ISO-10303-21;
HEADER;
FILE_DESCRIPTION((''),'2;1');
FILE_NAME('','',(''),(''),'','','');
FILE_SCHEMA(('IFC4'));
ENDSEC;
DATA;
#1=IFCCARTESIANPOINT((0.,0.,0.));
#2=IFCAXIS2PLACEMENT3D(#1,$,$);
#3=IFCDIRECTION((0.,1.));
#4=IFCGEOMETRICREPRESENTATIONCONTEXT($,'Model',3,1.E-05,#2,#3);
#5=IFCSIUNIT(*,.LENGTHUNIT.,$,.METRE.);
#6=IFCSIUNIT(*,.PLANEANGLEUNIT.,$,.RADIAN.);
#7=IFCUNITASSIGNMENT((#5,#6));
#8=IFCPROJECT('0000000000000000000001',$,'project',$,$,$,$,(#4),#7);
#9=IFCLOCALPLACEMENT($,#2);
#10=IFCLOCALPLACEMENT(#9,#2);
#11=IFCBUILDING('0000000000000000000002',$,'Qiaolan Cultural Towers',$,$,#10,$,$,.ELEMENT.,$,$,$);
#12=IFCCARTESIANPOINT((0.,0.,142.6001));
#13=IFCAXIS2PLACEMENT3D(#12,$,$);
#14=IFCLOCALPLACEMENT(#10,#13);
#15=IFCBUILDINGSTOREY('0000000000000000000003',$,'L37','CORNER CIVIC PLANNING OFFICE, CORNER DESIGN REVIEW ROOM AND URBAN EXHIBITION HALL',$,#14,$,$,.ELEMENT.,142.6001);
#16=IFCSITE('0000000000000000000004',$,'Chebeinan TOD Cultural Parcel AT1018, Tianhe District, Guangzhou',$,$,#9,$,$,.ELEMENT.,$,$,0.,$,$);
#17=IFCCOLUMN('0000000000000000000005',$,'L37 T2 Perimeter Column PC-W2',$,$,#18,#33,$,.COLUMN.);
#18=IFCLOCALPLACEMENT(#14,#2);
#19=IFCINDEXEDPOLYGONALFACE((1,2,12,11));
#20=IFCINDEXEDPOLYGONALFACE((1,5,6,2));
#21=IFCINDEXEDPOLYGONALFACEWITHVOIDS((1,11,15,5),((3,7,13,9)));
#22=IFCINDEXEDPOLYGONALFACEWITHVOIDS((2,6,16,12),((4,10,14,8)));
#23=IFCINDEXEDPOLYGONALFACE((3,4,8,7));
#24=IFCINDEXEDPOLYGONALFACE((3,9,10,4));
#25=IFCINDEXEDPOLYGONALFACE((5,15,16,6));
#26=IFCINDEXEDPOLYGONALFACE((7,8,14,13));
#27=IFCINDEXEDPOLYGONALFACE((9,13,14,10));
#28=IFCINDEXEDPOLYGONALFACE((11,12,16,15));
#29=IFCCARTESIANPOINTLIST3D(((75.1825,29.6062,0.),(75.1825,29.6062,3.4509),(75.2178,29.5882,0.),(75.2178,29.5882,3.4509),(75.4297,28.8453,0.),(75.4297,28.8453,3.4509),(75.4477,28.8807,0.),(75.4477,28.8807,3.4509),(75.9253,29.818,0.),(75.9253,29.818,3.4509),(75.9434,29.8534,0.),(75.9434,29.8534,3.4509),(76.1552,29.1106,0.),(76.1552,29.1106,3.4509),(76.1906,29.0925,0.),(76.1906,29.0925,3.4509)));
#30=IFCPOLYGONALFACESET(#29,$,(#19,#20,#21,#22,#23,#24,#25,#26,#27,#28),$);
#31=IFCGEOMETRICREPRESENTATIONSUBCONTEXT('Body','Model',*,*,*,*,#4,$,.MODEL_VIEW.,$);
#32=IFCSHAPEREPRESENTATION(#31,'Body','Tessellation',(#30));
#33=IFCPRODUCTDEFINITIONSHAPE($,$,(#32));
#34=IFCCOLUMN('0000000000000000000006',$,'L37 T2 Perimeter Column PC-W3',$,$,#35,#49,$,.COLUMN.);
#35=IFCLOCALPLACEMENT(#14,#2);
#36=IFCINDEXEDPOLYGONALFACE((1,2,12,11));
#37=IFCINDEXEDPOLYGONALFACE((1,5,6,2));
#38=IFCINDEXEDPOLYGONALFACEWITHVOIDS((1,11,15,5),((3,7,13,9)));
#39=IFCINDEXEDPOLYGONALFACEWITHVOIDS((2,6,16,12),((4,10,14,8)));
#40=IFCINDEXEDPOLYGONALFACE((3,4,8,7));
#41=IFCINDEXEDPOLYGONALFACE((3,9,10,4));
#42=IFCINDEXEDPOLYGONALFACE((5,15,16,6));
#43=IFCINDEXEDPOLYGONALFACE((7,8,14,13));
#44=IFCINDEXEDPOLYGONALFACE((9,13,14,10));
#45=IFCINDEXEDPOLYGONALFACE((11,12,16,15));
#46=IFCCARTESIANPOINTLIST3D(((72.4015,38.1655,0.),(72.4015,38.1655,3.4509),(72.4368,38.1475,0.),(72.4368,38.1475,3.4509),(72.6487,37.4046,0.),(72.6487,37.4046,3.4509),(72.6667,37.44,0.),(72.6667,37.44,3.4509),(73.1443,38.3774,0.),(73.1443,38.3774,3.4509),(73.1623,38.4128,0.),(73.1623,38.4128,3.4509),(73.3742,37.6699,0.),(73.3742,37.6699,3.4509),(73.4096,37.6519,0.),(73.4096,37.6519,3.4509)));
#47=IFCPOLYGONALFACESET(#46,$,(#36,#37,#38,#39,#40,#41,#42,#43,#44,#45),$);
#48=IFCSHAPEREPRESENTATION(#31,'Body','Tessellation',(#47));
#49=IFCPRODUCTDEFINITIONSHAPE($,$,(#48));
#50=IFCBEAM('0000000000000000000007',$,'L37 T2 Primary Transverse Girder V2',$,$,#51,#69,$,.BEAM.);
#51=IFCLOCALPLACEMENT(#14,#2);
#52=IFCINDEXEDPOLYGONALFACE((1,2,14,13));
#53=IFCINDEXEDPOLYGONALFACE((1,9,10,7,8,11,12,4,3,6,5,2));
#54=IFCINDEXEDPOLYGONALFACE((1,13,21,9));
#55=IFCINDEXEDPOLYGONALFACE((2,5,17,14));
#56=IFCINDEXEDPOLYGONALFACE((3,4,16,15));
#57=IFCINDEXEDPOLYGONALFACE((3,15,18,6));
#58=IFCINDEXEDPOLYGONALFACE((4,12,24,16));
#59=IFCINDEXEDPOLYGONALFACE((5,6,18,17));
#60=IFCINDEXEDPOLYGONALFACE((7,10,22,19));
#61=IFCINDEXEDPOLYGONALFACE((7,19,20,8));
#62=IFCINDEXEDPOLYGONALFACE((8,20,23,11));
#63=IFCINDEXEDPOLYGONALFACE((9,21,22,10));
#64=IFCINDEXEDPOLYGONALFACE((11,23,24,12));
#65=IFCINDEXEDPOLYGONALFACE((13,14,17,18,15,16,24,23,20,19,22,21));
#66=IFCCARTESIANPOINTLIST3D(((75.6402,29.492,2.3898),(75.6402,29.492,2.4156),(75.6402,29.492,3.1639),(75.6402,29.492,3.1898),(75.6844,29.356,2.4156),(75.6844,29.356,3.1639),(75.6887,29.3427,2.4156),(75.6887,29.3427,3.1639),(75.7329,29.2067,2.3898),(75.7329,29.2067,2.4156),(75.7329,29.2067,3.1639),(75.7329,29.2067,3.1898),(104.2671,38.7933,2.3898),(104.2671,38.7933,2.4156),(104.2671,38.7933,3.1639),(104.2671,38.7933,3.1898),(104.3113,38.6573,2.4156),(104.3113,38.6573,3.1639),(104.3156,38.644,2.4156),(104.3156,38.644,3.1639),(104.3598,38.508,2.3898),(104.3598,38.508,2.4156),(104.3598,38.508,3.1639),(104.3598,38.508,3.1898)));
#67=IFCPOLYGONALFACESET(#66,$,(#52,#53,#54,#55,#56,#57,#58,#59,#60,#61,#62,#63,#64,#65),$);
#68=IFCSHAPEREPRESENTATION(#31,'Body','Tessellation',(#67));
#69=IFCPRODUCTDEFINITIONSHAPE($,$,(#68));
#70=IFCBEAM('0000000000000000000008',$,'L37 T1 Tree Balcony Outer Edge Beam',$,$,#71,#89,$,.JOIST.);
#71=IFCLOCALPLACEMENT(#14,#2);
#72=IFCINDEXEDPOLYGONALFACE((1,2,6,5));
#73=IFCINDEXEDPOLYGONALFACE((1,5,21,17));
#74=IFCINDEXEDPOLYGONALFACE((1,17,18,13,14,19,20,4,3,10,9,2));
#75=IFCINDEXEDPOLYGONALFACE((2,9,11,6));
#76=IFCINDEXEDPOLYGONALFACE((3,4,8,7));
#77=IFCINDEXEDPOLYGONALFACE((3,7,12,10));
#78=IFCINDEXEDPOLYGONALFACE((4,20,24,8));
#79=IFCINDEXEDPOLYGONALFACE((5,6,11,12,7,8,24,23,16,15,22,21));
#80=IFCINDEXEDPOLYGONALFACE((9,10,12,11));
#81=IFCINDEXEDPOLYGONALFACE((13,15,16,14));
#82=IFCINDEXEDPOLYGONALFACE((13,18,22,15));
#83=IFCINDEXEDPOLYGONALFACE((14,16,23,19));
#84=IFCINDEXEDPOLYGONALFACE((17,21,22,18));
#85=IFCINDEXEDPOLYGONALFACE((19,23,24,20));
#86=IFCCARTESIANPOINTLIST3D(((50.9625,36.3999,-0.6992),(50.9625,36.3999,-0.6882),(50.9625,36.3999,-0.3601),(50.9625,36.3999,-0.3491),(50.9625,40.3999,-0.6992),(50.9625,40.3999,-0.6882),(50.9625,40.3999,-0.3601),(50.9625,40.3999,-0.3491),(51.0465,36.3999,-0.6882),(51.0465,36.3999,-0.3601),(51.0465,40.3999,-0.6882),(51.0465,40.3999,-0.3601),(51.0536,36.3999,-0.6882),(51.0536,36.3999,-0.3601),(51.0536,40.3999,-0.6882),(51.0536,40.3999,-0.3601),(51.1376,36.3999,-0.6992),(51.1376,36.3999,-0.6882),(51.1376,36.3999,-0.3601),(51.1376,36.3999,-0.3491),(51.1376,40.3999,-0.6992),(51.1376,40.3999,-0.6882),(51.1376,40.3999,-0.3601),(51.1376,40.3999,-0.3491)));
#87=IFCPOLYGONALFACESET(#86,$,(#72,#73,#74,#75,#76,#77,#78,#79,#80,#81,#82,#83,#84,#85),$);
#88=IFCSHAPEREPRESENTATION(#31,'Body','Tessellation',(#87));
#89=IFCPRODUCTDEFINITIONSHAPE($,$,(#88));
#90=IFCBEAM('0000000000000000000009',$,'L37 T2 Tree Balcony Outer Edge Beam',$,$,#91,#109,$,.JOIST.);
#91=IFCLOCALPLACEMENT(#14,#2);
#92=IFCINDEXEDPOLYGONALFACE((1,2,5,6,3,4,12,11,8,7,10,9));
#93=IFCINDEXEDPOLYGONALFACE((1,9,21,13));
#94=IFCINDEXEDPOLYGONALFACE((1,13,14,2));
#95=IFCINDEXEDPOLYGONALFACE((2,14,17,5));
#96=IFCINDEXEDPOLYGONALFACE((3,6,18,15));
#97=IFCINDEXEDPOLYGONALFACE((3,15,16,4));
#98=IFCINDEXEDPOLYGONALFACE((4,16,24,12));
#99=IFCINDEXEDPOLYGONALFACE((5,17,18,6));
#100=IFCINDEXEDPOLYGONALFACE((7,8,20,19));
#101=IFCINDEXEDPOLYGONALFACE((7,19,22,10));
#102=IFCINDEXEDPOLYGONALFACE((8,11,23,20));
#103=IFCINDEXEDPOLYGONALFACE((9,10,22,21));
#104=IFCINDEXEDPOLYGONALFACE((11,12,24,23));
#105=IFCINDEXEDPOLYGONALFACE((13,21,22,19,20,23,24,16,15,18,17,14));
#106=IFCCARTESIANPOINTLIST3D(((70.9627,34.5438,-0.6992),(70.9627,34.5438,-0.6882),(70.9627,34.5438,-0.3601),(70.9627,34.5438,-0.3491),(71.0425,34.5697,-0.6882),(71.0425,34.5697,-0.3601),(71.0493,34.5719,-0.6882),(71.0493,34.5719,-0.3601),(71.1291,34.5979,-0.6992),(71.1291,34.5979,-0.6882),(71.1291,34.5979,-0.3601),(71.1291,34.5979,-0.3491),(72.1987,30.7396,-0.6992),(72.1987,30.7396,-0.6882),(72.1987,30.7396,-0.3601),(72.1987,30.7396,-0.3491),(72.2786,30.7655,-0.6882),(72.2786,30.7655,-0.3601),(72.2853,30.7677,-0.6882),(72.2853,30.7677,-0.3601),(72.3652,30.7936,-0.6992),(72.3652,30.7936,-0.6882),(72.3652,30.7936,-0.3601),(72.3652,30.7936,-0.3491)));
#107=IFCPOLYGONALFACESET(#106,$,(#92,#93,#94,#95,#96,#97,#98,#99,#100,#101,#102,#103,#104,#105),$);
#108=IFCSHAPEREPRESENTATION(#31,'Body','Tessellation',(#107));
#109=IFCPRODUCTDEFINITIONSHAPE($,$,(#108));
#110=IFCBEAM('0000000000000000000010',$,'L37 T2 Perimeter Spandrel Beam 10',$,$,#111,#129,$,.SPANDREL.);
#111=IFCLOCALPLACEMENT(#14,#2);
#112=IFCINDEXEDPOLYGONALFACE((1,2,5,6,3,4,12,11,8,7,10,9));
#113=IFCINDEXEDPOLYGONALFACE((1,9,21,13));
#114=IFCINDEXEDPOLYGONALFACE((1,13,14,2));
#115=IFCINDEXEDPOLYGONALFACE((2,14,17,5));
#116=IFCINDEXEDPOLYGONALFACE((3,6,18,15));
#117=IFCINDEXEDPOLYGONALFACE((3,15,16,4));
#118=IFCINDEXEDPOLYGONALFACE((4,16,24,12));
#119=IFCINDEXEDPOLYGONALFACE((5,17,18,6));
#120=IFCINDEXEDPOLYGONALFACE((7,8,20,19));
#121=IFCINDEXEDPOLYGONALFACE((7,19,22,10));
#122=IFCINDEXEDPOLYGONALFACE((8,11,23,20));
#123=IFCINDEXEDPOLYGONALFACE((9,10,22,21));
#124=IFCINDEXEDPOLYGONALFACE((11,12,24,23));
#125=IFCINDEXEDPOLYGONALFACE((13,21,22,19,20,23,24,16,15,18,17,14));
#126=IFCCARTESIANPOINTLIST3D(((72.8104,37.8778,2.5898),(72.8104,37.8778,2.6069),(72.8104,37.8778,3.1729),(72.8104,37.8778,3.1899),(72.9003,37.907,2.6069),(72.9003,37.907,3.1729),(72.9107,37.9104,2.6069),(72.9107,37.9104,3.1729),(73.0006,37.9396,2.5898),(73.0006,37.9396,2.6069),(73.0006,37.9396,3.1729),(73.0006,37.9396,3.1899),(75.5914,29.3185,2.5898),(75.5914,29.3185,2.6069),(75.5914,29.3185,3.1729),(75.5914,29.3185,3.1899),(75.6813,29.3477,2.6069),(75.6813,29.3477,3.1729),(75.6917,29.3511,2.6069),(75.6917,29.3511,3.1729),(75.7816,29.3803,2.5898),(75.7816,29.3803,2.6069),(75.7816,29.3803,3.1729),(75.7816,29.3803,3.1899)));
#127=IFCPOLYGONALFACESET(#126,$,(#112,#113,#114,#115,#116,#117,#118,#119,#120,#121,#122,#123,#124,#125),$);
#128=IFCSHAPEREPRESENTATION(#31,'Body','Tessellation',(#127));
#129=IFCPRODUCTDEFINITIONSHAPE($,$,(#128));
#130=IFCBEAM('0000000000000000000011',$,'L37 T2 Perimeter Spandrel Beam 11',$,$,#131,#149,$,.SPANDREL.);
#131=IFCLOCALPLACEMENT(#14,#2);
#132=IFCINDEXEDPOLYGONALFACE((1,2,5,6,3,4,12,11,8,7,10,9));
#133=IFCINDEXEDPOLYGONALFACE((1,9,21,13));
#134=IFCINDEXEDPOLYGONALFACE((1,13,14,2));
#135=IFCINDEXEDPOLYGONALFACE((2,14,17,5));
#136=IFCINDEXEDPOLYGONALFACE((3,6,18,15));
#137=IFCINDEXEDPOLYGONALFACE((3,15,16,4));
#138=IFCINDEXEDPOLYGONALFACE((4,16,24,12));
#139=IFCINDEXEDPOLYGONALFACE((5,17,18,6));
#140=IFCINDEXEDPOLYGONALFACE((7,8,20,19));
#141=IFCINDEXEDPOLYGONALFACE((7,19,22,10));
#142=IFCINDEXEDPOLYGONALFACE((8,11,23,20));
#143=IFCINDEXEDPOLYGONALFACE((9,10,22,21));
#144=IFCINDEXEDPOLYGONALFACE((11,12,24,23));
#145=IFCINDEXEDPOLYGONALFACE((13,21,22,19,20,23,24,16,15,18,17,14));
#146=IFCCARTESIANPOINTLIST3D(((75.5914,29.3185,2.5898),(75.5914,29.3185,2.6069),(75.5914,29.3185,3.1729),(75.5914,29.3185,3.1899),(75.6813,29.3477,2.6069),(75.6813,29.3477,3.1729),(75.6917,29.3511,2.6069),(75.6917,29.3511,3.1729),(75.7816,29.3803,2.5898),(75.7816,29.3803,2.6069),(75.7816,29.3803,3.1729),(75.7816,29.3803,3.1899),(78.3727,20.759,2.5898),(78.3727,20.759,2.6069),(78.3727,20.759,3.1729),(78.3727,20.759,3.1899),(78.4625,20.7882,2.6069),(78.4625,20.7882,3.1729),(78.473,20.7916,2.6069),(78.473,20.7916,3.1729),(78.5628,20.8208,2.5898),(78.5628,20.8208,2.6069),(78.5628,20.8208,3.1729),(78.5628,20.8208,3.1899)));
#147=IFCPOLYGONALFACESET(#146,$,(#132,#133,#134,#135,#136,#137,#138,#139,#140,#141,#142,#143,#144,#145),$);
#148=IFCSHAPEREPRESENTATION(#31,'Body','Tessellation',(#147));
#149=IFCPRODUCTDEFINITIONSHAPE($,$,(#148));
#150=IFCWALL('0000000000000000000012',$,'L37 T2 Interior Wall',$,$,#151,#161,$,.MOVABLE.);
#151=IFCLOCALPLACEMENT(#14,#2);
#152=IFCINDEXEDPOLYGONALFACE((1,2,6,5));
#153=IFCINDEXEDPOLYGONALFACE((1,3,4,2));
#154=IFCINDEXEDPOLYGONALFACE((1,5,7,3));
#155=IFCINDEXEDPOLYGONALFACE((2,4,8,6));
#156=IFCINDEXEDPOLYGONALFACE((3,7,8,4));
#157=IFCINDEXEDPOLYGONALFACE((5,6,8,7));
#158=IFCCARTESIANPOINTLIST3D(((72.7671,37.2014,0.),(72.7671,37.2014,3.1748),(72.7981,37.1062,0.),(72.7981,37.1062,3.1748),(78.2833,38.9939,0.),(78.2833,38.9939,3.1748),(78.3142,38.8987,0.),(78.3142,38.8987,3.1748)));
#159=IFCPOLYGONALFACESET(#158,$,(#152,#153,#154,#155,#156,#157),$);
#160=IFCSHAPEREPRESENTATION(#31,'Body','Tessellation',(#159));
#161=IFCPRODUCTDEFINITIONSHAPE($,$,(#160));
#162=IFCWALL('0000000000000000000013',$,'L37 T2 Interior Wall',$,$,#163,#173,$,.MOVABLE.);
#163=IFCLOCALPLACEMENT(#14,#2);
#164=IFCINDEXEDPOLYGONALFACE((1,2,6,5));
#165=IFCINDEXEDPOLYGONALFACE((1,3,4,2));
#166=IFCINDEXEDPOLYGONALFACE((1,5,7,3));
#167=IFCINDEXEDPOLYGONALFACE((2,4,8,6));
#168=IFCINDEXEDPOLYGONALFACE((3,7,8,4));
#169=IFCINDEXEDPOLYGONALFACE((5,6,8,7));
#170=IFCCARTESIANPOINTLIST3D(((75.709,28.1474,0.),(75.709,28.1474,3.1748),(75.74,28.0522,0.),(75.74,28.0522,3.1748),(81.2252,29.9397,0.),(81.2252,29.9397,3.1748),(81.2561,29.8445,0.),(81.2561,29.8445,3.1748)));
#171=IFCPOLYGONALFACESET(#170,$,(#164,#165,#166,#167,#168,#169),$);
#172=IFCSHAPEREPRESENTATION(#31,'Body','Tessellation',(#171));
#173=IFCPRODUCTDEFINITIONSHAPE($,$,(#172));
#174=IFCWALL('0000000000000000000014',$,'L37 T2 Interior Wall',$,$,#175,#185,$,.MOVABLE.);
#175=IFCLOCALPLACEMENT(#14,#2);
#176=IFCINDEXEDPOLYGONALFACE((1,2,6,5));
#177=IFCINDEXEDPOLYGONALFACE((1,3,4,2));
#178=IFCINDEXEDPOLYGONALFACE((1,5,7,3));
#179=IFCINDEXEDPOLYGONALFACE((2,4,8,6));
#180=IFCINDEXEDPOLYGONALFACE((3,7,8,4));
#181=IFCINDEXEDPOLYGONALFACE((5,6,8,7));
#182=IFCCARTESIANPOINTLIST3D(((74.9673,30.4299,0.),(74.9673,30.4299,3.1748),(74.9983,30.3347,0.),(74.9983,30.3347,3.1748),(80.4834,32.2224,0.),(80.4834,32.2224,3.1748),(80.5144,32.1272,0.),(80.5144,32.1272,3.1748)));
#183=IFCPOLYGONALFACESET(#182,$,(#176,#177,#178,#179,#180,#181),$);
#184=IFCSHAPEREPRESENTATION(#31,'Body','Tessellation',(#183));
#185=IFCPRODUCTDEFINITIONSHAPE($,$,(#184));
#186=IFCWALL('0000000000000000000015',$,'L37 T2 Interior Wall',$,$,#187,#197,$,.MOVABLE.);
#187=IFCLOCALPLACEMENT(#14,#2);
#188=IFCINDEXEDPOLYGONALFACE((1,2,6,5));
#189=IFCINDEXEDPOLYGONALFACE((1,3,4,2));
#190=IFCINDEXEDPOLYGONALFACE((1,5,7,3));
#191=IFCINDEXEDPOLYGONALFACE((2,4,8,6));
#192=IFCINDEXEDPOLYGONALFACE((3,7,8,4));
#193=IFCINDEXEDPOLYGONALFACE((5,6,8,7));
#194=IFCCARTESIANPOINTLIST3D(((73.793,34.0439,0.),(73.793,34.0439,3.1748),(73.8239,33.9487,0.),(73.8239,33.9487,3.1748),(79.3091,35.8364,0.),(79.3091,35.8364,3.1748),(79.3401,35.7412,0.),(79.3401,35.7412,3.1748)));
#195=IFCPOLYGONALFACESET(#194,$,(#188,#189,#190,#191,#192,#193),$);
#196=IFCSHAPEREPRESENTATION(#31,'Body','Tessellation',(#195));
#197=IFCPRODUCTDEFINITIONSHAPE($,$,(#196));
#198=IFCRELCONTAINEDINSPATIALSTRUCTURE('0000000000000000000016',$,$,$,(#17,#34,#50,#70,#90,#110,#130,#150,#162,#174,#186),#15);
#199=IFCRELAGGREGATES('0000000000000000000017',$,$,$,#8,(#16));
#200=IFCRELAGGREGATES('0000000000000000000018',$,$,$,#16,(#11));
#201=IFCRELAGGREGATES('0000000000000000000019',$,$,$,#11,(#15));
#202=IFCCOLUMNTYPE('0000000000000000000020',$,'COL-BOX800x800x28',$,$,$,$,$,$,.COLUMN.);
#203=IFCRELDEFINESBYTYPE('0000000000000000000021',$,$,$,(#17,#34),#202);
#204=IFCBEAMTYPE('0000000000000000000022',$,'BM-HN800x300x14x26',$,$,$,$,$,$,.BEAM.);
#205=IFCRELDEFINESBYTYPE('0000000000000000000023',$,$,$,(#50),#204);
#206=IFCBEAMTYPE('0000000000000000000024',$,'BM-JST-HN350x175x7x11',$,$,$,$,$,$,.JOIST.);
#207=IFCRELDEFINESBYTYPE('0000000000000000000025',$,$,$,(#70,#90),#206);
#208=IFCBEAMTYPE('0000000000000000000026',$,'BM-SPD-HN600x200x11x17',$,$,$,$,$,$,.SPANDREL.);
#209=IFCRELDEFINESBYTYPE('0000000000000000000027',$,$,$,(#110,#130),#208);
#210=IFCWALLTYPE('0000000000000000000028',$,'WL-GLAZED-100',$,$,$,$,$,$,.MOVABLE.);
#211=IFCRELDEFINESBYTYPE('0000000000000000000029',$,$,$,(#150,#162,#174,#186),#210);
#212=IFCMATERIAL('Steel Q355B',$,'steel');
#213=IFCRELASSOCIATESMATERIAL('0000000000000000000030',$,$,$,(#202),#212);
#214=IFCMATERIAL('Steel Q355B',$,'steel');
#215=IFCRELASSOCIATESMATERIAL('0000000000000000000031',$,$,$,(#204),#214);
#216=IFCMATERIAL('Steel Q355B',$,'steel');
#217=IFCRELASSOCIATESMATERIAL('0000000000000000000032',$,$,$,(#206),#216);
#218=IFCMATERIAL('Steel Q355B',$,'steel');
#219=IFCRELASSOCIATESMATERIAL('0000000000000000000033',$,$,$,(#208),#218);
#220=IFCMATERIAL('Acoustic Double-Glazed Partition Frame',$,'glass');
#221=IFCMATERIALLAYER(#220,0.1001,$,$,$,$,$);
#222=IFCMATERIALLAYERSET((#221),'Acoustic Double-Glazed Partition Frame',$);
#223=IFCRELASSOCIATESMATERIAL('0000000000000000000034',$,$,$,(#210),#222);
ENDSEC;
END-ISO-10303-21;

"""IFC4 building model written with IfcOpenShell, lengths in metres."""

from ifc_helpers import new_model, si_unit, direction, frame, frame_2d, origin, origin_2d, place, context, subcontext, project, spatial, rectangle, hollow_rectangle, i_section, extrude, material, layer, layer_set, material_profile, profile_set, type_object, element, save


model = new_model("IFC4")

# Units and contexts
model_context = context("Model", 3, precision=1e-05, world=origin(), true_north=direction((0.0, 1.0)))
body_context = subcontext(model_context, "Body", "Model", "MODEL_VIEW")
ifc_project = project(units=[si_unit("LENGTHUNIT", "METRE"), si_unit("PLANEANGLEUNIT", "RADIAN")], contexts=[model_context])

# Site, building, storey
site_placement = place(None, origin())
site = spatial("IfcSite", under=ifc_project, at=site_placement, Name="Chebeinan TOD Cultural Parcel AT1018, Tianhe District, Guangzhou", CompositionType="ELEMENT", RefElevation=0.0)
building_placement = place(site_placement, origin())
building = spatial("IfcBuilding", under=site, at=building_placement, Name="Qiaolan Cultural Towers", CompositionType="ELEMENT")
storey_placement = place(building_placement, frame((0.0, 0.0, 142.6001)))
storey = spatial("IfcBuildingStorey", under=building, at=storey_placement, Name="L37", Description="CORNER CIVIC PLANNING OFFICE, CORNER DESIGN REVIEW ROOM AND URBAN EXHIBITION HALL", CompositionType="ELEMENT", Elevation=142.6001)

# Columns
ifc_material_1 = material(Name="Steel Q355B", Category="steel")
ifc_material_profile_1 = material_profile(ifc_material_1, hollow_rectangle(XDim=0.8, YDim=0.8, WallThickness=0.0281, at=origin_2d()), Name="BOX800x800x28")
ifc_profile_set_1 = profile_set([ifc_material_profile_1], Name="Steel Q355B")
column_type = type_object("IfcColumnType", Name="COL-BOX800x800x28", PredefinedType="COLUMN", material=ifc_profile_set_1)
for number, where, z_axis, x_axis, name in (
    (1, (75.6865, 29.3494, 0.0), (0.0, 0.0, 1.0), (0.951057, 0.309017, 0.0), "L37 T2 Perimeter Column PC-W2"),
    (2, (72.9055, 37.9087, 0.0), (0.0, 0.0, 1.0), (0.951057, 0.309017, 0.0), "L37 T2 Perimeter Column PC-W3"),
):
    element("IfcColumn", number, at=place(storey_placement, frame(where, z_axis=z_axis, x_axis=x_axis)), inside=storey, type_object=column_type, Name=name, PredefinedType="COLUMN", context=body_context, shape_type="SweptSolid", body=[
        extrude(hollow_rectangle(XDim=0.8, YDim=0.8, WallThickness=0.0281, at=origin_2d()), origin(), (0.0, 0.0, 1.0), 3.4509),
    ])

# Beams
ifc_material_2 = material(Name="Steel Q355B", Category="steel")
ifc_material_profile_2 = material_profile(ifc_material_2, i_section(OverallWidth=0.3, OverallDepth=0.8, WebThickness=0.0139, FlangeThickness=0.0259, at=origin_2d()), Name="HN800x300x14x26")
ifc_profile_set_2 = profile_set([ifc_material_profile_2], Name="Steel Q355B")
beam_type_1 = type_object("IfcBeamType", Name="BM-HN800x300x14x26", PredefinedType="BEAM", material=ifc_profile_set_2)
beam_1_placement = place(storey_placement, frame((75.6865, 29.3494, 2.7898), z_axis=(0.951058, 0.309011, 0.0), x_axis=(-0.309011, 0.951058, 0.0)))
element("IfcBeam", 3, at=beam_1_placement, inside=storey, type_object=beam_type_1, Name="L37 T2 Primary Transverse Girder V2", PredefinedType="BEAM", context=body_context, shape_type="SweptSolid", body=[
    extrude(i_section(OverallWidth=0.3, OverallDepth=0.8, WebThickness=0.0139, FlangeThickness=0.0259, at=origin_2d()), origin(), (0.0, 0.0, 1.0), 30.1001),
])
ifc_material_3 = material(Name="Steel Q355B", Category="steel")
ifc_material_profile_3 = material_profile(ifc_material_3, i_section(OverallWidth=0.175, OverallDepth=0.3501, WebThickness=0.0071, FlangeThickness=0.011, at=origin_2d()), Name="HN350x175x7x11")
ifc_profile_set_3 = profile_set([ifc_material_profile_3], Name="Steel Q355B")
beam_type_2 = type_object("IfcBeamType", Name="BM-JST-HN350x175x7x11", PredefinedType="JOIST", material=ifc_profile_set_3)
for number, where, z_axis, x_axis, name in (
    (4, (51.05, 36.3999, -0.5242), (0.0, 1.0, 0.0), (-1.0, 0.0, 0.0), "L37 T1 Tree Balcony Outer Edge Beam"),
    (5, (72.282, 30.7666, -0.5242), (-0.309023, 0.951055, 0.0), (-0.951055, -0.309023, 0.0), "L37 T2 Tree Balcony Outer Edge Beam"),
):
    element("IfcBeam", number, at=place(storey_placement, frame(where, z_axis=z_axis, x_axis=x_axis)), inside=storey, type_object=beam_type_2, Name=name, PredefinedType="JOIST", context=body_context, shape_type="SweptSolid", body=[
        extrude(i_section(OverallWidth=0.175, OverallDepth=0.3501, WebThickness=0.0071, FlangeThickness=0.011, at=origin_2d()), origin(), (0.0, 0.0, 1.0), 4.0),
    ])
ifc_material_4 = material(Name="Steel Q355B", Category="steel")
ifc_material_profile_4 = material_profile(ifc_material_4, i_section(OverallWidth=0.2, OverallDepth=0.6001, WebThickness=0.011, FlangeThickness=0.0171, at=origin_2d()), Name="HN600x200x11x17")
ifc_profile_set_4 = profile_set([ifc_material_profile_4], Name="Steel Q355B")
beam_type_3 = type_object("IfcBeamType", Name="BM-SPD-HN600x200x11x17", PredefinedType="SPANDREL", material=ifc_profile_set_4)
beam_2_placement = place(storey_placement, frame((72.9055, 37.9087, 2.8899), z_axis=(0.309008, -0.951059, 0.0), x_axis=(0.951059, 0.309008, 0.0)))
element("IfcBeam", 6, at=beam_2_placement, inside=storey, type_object=beam_type_3, Name="L37 T2 Perimeter Spandrel Beam 10", PredefinedType="SPANDREL", context=body_context, shape_type="SweptSolid", body=[
    extrude(i_section(OverallWidth=0.2, OverallDepth=0.6001, WebThickness=0.011, FlangeThickness=0.0171, at=origin_2d()), origin(), (0.0, 0.0, 1.0), 8.9998),
])
beam_3_placement = place(storey_placement, frame((75.6865, 29.3494, 2.8899), z_axis=(0.309025, -0.951054, 0.0), x_axis=(0.951054, 0.309025, 0.0)))
element("IfcBeam", 7, at=beam_3_placement, inside=storey, type_object=beam_type_3, Name="L37 T2 Perimeter Spandrel Beam 11", PredefinedType="SPANDREL", context=body_context, shape_type="SweptSolid", body=[
    extrude(i_section(OverallWidth=0.2, OverallDepth=0.6001, WebThickness=0.011, FlangeThickness=0.0171, at=origin_2d()), origin(), (0.0, 0.0, 1.0), 9.0),
])

# Walls
ifc_material_5 = material(Name="Acoustic Double-Glazed Partition Frame", Category="glass")
ifc_layer_1 = layer(ifc_material_5, 0.1001)
ifc_layer_set_1 = layer_set([ifc_layer_1], Name="Acoustic Double-Glazed Partition Frame")
wall_type_1 = type_object("IfcWallType", Name="WL-GLAZED-100", PredefinedType="MOVABLE", material=ifc_layer_set_1)
for number, where, z_axis, x_axis, name in (
    (8, (72.7827, 37.1538, 0.0), (0.0, 0.0, 1.0), (0.951047, 0.309046, 0.0), "L37 T2 Interior Wall"),
    (9, (75.7246, 28.0999, 0.0), (0.0, 0.0, 1.0), (0.951059, 0.309008, 0.0), "L37 T2 Interior Wall"),
    (10, (74.9829, 30.3823, 0.0), (0.0, 0.0, 1.0), (0.951047, 0.309046, 0.0), "L37 T2 Interior Wall"),
    (11, (73.8086, 33.9963, 0.0), (0.0, 0.0, 1.0), (0.951047, 0.309046, 0.0), "L37 T2 Interior Wall"),
):
    element("IfcWall", number, at=place(storey_placement, frame(where, z_axis=z_axis, x_axis=x_axis)), inside=storey, type_object=wall_type_1, Name=name, PredefinedType="MOVABLE", context=body_context, shape_type="SweptSolid", body=[
        extrude(rectangle(XDim=5.8, YDim=0.1001, at=frame_2d((2.8999, 0.0))), origin(), (0.0, 0.0, 1.0), 3.1748),
    ])

save(model, "model.ifc")
